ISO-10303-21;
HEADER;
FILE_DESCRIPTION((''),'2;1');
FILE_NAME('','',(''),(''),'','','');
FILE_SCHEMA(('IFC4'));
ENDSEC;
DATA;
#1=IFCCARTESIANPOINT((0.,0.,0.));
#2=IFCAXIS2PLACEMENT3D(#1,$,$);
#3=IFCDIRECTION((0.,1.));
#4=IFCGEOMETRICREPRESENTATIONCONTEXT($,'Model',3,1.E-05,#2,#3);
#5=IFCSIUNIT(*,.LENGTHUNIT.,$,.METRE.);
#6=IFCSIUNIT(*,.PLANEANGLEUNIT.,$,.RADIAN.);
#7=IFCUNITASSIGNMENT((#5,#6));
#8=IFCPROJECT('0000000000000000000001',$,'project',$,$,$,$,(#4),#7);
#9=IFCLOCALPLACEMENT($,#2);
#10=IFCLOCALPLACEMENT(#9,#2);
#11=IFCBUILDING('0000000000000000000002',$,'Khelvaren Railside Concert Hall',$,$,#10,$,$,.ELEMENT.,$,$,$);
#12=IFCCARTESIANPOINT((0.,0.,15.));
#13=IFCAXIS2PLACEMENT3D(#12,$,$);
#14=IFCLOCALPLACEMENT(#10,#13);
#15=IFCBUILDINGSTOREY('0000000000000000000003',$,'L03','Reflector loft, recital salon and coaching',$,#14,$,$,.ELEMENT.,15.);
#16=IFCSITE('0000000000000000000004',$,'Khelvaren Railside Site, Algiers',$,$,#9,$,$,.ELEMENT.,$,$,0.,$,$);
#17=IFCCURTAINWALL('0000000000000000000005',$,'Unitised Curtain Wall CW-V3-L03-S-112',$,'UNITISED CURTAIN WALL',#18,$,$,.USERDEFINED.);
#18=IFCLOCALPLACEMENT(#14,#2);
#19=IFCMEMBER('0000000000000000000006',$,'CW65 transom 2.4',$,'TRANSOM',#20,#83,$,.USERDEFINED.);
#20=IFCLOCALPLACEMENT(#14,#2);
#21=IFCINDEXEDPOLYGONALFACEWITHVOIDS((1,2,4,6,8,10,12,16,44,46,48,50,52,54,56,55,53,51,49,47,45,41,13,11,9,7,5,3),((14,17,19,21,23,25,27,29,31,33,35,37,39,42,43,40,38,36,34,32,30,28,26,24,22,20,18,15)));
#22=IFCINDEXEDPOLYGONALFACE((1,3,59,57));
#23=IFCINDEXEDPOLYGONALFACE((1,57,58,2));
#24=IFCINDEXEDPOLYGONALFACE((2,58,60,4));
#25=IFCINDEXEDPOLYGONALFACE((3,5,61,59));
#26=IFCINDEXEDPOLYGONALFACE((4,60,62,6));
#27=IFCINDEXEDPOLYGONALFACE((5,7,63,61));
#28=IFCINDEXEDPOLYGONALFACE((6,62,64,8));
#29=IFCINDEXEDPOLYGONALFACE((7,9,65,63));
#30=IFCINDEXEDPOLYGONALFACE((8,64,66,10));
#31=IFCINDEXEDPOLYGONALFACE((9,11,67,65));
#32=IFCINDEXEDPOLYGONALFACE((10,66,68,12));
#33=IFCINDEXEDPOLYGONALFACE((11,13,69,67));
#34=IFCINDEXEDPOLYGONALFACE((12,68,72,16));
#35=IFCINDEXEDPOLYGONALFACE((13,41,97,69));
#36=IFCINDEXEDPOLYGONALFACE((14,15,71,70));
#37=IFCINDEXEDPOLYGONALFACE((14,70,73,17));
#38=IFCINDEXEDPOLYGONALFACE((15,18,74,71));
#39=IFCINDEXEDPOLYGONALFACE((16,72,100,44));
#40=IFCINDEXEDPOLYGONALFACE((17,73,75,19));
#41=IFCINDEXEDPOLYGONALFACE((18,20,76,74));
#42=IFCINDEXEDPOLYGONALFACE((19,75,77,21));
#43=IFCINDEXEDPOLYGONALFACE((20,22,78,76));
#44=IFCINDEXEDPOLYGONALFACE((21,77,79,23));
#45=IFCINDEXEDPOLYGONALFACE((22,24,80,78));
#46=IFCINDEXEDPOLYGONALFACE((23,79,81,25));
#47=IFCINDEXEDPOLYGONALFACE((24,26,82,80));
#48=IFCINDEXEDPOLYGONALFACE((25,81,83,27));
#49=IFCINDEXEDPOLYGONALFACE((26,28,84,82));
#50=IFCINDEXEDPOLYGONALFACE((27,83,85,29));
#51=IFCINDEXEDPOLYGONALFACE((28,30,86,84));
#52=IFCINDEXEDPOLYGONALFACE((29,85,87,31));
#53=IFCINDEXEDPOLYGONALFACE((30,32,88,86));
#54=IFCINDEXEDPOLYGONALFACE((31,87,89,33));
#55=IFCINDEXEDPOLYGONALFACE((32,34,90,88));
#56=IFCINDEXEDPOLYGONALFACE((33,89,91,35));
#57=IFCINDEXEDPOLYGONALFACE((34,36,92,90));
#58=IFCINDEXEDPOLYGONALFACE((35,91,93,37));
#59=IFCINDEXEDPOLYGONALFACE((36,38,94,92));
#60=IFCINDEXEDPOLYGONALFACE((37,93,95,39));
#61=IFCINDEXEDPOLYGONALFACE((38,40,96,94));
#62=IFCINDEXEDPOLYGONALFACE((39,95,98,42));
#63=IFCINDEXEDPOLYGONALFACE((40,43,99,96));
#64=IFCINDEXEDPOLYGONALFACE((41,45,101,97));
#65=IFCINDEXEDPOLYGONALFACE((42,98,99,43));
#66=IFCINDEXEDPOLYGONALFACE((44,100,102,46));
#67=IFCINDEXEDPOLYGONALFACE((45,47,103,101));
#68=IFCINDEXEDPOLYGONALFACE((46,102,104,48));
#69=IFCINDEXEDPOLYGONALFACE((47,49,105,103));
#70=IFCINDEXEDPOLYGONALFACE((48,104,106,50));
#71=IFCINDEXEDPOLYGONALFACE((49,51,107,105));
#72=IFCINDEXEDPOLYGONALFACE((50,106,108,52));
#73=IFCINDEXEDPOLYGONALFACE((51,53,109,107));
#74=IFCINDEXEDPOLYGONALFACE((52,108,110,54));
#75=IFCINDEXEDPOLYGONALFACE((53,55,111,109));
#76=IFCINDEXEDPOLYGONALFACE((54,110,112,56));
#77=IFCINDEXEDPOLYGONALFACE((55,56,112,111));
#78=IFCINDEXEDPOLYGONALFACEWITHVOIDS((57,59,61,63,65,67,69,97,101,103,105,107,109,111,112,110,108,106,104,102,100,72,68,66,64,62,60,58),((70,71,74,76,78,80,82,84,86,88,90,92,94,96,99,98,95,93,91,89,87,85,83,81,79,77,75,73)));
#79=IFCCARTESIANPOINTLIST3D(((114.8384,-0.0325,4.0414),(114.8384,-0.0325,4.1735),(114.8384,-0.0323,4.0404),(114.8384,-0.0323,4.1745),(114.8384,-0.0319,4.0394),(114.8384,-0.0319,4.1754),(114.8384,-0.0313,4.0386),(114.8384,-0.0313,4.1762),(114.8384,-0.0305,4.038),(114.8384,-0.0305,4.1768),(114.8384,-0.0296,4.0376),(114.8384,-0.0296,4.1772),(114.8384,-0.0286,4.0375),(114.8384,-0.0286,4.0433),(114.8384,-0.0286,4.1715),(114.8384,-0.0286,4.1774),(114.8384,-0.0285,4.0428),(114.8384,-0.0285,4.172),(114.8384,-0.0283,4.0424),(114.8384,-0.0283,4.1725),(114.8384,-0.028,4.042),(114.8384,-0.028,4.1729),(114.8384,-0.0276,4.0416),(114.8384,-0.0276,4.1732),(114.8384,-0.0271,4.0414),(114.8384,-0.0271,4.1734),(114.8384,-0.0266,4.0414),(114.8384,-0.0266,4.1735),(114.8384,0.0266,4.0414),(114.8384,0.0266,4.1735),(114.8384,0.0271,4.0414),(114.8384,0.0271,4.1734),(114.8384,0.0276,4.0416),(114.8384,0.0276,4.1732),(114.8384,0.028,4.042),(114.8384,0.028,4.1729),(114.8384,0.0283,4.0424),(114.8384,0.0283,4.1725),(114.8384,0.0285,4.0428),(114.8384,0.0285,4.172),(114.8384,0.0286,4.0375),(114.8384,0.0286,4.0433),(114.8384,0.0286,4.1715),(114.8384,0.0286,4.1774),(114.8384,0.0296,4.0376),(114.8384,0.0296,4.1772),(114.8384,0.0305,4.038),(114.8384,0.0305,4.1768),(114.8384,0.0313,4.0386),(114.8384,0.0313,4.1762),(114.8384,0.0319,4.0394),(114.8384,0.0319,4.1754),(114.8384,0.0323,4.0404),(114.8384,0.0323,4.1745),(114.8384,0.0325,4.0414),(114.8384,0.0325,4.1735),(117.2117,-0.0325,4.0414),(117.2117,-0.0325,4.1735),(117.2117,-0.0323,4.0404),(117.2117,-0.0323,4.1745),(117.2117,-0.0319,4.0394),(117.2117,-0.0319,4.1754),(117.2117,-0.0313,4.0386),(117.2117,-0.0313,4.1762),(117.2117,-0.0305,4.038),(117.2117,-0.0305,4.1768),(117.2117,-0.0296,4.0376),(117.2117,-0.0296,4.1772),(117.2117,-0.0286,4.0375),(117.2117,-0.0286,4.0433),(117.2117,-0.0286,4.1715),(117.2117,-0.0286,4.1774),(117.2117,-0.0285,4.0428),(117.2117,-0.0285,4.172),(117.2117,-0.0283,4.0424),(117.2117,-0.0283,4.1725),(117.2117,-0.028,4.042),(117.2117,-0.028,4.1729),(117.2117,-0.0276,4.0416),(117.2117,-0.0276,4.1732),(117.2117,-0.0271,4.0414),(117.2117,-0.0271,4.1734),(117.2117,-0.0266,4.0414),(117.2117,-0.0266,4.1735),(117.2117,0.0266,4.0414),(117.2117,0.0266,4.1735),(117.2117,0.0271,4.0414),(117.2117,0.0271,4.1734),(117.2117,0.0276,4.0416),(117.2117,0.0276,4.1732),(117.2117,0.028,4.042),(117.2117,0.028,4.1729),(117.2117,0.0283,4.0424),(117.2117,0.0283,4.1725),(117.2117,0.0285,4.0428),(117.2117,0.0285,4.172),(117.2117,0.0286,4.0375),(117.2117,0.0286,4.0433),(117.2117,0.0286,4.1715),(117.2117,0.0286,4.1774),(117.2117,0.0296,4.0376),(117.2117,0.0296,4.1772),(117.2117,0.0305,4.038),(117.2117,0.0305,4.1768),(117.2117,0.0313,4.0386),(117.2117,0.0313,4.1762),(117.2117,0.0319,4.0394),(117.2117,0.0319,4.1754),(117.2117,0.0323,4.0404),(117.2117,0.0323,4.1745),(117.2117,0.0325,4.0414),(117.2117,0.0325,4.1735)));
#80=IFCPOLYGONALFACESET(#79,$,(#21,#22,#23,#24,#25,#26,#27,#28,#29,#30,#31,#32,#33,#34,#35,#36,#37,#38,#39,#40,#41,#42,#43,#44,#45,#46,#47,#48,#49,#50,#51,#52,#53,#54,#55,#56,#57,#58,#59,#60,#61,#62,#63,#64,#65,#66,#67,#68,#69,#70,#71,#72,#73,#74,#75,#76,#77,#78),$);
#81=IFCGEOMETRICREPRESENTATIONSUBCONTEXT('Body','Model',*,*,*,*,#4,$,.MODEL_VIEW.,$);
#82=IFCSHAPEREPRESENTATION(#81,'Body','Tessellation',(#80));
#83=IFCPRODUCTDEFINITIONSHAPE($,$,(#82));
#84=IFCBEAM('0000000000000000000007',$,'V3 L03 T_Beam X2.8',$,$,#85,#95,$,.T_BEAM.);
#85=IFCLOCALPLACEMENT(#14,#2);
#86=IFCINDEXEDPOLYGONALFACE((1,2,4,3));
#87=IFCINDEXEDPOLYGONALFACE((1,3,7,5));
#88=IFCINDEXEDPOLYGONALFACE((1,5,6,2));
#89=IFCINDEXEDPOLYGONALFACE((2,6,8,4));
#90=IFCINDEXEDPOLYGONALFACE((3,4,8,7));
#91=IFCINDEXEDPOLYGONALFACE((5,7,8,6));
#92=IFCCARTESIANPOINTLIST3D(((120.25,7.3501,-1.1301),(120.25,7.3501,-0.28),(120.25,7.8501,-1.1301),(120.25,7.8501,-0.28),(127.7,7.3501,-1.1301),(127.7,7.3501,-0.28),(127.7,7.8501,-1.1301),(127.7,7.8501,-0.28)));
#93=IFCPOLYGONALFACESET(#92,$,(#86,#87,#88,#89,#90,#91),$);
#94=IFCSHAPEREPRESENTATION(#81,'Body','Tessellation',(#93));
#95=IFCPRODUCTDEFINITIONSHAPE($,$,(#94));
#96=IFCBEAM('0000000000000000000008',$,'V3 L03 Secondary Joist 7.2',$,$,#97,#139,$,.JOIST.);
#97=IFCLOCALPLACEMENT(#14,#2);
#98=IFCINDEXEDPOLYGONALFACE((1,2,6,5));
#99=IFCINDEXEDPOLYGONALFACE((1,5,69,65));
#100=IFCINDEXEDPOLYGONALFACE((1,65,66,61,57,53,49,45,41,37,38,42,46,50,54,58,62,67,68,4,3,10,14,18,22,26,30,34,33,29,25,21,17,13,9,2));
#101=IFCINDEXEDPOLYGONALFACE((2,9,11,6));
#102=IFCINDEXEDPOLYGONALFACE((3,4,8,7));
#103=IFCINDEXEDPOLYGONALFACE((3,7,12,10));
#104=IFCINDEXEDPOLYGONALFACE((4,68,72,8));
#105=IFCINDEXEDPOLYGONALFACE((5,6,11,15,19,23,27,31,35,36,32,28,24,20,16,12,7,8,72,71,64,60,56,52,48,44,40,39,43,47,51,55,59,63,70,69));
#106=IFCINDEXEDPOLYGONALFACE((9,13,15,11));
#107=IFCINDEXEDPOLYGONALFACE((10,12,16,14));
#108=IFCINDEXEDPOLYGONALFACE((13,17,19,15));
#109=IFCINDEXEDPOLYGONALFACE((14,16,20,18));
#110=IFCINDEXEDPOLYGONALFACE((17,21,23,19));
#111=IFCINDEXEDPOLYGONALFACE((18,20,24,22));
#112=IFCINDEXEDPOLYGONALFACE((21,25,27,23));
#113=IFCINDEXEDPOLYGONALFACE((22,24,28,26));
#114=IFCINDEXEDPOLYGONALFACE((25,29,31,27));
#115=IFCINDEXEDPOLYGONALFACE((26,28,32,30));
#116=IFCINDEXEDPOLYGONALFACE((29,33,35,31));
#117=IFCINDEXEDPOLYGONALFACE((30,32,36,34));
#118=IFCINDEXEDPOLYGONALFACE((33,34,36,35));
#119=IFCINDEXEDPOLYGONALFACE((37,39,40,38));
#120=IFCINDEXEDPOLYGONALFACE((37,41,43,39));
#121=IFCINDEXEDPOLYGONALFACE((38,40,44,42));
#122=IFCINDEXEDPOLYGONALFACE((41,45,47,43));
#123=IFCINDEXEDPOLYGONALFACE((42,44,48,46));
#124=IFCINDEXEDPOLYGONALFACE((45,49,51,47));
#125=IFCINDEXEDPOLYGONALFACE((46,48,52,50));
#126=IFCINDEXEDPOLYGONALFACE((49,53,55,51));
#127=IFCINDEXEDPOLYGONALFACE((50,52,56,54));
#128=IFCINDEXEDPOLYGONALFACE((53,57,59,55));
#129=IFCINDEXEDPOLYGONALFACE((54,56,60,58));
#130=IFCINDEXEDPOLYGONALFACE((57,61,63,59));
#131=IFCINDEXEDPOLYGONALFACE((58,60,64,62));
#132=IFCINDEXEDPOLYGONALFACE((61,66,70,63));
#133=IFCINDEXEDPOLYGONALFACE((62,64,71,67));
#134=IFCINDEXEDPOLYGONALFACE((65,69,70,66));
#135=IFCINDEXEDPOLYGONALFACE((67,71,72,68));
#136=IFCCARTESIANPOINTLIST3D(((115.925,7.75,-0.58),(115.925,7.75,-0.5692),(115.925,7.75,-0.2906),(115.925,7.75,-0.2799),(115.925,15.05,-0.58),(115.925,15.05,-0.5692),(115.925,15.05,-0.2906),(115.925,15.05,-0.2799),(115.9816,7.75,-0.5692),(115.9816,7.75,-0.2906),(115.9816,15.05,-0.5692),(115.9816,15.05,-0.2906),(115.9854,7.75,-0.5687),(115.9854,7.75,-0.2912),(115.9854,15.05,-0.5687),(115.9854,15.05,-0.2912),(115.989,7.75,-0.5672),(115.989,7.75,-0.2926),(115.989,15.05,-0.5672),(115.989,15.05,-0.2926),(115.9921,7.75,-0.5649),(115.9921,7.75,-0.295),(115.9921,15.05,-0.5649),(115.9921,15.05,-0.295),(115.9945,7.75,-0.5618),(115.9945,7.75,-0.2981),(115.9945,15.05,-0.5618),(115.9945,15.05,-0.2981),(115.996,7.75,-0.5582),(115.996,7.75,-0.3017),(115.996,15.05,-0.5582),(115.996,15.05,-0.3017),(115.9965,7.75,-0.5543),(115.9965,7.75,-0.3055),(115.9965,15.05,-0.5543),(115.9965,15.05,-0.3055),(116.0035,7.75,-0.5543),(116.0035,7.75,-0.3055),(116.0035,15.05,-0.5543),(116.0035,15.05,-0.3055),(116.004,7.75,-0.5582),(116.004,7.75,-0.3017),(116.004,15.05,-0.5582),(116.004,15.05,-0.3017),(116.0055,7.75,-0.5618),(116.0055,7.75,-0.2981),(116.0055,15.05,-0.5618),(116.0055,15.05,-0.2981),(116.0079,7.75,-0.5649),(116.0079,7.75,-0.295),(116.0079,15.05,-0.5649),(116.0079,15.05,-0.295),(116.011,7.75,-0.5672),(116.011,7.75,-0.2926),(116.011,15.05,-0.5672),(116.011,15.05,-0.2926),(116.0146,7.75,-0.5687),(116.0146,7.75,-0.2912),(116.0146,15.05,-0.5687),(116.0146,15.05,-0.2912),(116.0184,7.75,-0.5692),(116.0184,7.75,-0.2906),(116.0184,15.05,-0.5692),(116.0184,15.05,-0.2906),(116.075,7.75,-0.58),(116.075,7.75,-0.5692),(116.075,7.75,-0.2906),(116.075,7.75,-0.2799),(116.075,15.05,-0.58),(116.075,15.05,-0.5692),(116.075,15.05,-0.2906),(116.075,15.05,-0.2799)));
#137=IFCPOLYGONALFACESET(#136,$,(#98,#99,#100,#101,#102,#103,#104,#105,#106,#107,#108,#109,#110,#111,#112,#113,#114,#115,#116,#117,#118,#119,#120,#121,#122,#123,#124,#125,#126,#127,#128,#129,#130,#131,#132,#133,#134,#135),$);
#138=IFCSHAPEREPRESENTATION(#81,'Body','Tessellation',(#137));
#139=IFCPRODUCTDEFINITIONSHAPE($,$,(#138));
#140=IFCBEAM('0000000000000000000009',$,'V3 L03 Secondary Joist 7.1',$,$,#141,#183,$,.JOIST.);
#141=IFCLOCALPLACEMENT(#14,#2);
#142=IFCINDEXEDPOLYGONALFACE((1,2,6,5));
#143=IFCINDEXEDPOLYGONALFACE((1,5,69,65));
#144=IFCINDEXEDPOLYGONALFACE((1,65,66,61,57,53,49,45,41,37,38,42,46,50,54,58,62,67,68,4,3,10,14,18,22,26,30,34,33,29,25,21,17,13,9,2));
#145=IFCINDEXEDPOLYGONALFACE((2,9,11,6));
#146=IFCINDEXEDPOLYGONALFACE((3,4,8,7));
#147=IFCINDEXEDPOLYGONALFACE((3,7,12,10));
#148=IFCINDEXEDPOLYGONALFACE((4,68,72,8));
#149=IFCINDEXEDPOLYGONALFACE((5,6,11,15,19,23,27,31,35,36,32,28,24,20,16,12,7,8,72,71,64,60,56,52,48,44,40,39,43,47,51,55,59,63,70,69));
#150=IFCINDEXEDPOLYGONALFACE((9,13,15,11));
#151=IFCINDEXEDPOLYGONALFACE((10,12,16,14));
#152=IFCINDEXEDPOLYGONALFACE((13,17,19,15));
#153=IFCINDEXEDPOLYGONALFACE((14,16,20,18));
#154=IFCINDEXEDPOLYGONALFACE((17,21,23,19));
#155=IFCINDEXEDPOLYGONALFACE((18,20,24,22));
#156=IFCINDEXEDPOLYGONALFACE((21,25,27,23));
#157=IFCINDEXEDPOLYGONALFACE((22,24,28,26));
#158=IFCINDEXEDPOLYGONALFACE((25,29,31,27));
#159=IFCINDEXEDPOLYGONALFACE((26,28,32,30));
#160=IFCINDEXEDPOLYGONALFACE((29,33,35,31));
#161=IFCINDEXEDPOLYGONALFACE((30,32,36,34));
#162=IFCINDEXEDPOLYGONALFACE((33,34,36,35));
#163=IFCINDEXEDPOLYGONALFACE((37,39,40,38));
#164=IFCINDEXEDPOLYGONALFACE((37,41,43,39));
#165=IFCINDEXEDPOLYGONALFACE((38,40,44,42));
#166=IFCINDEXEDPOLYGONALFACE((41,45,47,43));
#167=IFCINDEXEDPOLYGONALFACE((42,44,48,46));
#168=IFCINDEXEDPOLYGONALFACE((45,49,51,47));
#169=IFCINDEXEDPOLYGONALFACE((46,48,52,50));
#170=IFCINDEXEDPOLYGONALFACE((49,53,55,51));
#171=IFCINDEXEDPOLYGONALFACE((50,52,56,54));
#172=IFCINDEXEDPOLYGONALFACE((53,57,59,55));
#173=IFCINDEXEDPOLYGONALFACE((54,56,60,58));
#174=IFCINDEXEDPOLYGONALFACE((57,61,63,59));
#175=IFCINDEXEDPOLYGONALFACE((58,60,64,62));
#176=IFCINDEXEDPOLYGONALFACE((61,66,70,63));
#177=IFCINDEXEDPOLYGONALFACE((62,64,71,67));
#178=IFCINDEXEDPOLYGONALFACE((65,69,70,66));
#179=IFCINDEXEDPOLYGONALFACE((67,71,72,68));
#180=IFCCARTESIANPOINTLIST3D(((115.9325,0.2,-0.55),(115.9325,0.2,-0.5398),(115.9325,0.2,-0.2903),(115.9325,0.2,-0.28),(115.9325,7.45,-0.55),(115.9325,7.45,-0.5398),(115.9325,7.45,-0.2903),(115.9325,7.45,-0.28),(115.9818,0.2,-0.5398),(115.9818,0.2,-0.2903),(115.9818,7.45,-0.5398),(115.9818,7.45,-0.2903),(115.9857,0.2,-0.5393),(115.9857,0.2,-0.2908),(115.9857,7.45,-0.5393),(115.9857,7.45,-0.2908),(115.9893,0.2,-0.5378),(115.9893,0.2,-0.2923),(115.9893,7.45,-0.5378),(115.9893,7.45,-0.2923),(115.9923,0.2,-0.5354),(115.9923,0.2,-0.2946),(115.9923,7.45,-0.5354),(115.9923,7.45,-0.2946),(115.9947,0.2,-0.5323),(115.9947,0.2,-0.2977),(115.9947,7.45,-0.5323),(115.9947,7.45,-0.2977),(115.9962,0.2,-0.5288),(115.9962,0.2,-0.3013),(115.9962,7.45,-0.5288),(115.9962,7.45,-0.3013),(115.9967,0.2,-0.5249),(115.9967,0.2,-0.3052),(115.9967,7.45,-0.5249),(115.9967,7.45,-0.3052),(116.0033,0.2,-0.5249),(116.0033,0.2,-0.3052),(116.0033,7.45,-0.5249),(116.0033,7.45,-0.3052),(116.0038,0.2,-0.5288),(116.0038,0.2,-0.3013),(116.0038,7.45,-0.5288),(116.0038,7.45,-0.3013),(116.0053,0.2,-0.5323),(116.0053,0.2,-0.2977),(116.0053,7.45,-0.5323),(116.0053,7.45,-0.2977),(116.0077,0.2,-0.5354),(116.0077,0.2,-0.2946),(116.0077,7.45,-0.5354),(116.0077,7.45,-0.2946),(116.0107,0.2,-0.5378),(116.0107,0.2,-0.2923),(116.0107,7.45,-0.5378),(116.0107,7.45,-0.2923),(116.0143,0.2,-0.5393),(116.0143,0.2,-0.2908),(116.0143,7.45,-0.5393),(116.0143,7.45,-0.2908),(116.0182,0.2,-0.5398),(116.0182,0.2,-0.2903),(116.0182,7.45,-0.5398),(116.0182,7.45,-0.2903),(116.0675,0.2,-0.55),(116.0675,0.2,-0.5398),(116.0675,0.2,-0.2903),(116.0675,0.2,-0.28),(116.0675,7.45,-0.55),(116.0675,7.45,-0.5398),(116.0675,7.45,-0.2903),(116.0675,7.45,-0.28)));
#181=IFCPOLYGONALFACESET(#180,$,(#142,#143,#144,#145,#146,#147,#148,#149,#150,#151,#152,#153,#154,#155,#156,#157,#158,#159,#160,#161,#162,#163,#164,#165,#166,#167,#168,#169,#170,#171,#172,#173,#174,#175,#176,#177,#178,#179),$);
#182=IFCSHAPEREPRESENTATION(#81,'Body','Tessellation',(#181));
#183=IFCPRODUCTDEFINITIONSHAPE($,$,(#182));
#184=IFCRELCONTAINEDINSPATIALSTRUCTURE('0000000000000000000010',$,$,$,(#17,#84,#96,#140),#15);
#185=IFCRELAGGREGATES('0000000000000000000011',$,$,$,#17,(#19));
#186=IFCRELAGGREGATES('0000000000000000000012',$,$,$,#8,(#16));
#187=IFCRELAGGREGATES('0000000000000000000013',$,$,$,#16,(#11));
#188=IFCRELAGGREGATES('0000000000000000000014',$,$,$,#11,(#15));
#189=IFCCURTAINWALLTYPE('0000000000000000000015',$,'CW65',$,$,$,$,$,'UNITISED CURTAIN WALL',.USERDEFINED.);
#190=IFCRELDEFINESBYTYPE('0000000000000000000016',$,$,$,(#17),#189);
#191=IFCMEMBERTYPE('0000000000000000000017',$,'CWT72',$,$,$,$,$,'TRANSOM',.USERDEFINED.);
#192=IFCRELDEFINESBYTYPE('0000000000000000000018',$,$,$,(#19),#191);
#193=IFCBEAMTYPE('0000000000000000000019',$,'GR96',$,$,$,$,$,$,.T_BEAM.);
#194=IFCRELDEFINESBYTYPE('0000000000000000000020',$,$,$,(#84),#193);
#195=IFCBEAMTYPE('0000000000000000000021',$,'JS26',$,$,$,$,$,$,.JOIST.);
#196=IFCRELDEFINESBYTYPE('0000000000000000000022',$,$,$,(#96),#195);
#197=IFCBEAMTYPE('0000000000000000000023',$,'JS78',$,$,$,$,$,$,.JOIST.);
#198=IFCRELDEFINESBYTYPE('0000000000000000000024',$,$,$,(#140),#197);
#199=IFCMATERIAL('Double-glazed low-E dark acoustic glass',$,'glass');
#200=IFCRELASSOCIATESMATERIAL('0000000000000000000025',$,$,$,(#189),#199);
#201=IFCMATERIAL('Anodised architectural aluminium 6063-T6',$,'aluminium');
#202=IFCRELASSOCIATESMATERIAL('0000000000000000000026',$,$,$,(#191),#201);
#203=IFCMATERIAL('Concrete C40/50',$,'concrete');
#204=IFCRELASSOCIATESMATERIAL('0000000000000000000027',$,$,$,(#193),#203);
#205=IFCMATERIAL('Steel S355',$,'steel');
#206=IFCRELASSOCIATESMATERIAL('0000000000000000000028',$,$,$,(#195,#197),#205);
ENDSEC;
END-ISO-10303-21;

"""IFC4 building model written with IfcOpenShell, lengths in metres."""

from ifc_helpers import new_model, si_unit, direction, frame, origin, origin_2d, place, context, subcontext, project, spatial, rectangle, hollow_rectangle, i_section, extrude, material, material_profile, profile_set, type_object, element, aggregate, save


model = new_model("IFC4")

# Units and contexts
model_context = context("Model", 3, precision=1e-05, world=origin(), true_north=direction((0.0, 1.0)))
body_context = subcontext(model_context, "Body", "Model", "MODEL_VIEW")
ifc_project = project(units=[si_unit("LENGTHUNIT", "METRE"), si_unit("PLANEANGLEUNIT", "RADIAN")], contexts=[model_context])

# Site, building, storey
site_placement = place(None, origin())
site = spatial("IfcSite", under=ifc_project, at=site_placement, Name="Khelvaren Railside Site, Algiers", CompositionType="ELEMENT", RefElevation=0.0)
building_placement = place(site_placement, origin())
building = spatial("IfcBuilding", under=site, at=building_placement, Name="Khelvaren Railside Concert Hall", CompositionType="ELEMENT")
storey_placement = place(building_placement, frame((0.0, 0.0, 15.0)))
storey = spatial("IfcBuildingStorey", under=building, at=storey_placement, Name="L03", Description="Reflector loft, recital salon and coaching", CompositionType="ELEMENT", Elevation=15.0)

# Shared definitions
ifc_material_1 = material(Name="Steel S355", Category="steel")

# Curtain wall, member
ifc_material_2 = material(Name="Double-glazed low-E dark acoustic glass", Category="glass")
curtain_wall_type = type_object("IfcCurtainWallType", Name="CW65", ElementType="UNITISED CURTAIN WALL", PredefinedType="USERDEFINED", material=ifc_material_2)
curtain_wall_placement = place(storey_placement, origin())
curtain_wall = element("IfcCurtainWall", 1, at=curtain_wall_placement, inside=storey, type_object=curtain_wall_type, Name="Unitised Curtain Wall CW-V3-L03-S-112", ObjectType="UNITISED CURTAIN WALL", PredefinedType="USERDEFINED")
ifc_material_3 = material(Name="Anodised architectural aluminium 6063-T6", Category="aluminium")
ifc_material_profile_1 = material_profile(ifc_material_3, hollow_rectangle(XDim=0.0649, YDim=0.1399, WallThickness=0.0039, InnerFilletRadius=0.002, OuterFilletRadius=0.0039, at=origin_2d()), Name="CWT 65x140x4")
ifc_profile_set_1 = profile_set([ifc_material_profile_1], Name="Anodised architectural aluminium 6063-T6")
member_type_1 = type_object("IfcMemberType", Name="CWT72", ElementType="TRANSOM", PredefinedType="USERDEFINED", material=ifc_profile_set_1)
member_1_placement = place(storey_placement, frame((117.2117, 0.0, 4.1074), z_axis=(-1.0, 0.0, 0.0), x_axis=(0.0, -1.0, 0.0)))
member_1 = element("IfcMember", 2, at=member_1_placement, type_object=member_type_1, Name="CW65 transom 2.4", ObjectType="TRANSOM", PredefinedType="USERDEFINED", context=body_context, shape_type="SweptSolid", body=[
    extrude(hollow_rectangle(XDim=0.0649, YDim=0.1399, WallThickness=0.0039, InnerFilletRadius=0.002, OuterFilletRadius=0.0039, at=origin_2d()), origin(), (0.0, 0.0, 1.0), 2.3733),
])

# Beams
ifc_material_4 = material(Name="Concrete C40/50", Category="concrete")
ifc_material_profile_2 = material_profile(ifc_material_4, rectangle(XDim=0.5, YDim=0.8501, at=origin_2d()), Name="RCB 500x850")
ifc_profile_set_2 = profile_set([ifc_material_profile_2], Name="Concrete C40/50")
beam_type_1 = type_object("IfcBeamType", Name="GR96", PredefinedType="T_BEAM", material=ifc_profile_set_2)
beam_1_placement = place(storey_placement, frame((120.25, 7.6001, -0.7051), z_axis=(1.0, 0.0, 0.0), x_axis=(0.0, 1.0, 0.0)))
element("IfcBeam", 3, at=beam_1_placement, inside=storey, type_object=beam_type_1, Name="V3 L03 T_Beam X2.8", PredefinedType="T_BEAM", context=body_context, shape_type="SweptSolid", body=[
    extrude(rectangle(XDim=0.5, YDim=0.8501, at=origin_2d()), origin(), (0.0, 0.0, 1.0), 7.45),
])
ifc_material_profile_3 = material_profile(ifc_material_1, i_section(OverallWidth=0.1499, OverallDepth=0.3, WebThickness=0.0071, FlangeThickness=0.0107, FilletRadius=0.0149, at=origin_2d()), Name="IPE 300")
ifc_profile_set_3 = profile_set([ifc_material_profile_3], Name="Steel S355")
beam_type_2 = type_object("IfcBeamType", Name="JS26", PredefinedType="JOIST", material=ifc_profile_set_3)
beam_2_placement = place(storey_placement, frame((116.0, 7.75, -0.4299), z_axis=(0.0, 1.0, 0.0), x_axis=(-1.0, 0.0, 0.0)))
element("IfcBeam", 4, at=beam_2_placement, inside=storey, type_object=beam_type_2, Name="V3 L03 Secondary Joist 7.2", PredefinedType="JOIST", context=body_context, shape_type="SweptSolid", body=[
    extrude(i_section(OverallWidth=0.1499, OverallDepth=0.3, WebThickness=0.0071, FlangeThickness=0.0107, FilletRadius=0.0149, at=origin_2d()), origin(), (0.0, 0.0, 1.0), 7.3),
])
ifc_material_profile_4 = material_profile(ifc_material_1, i_section(OverallWidth=0.135, OverallDepth=0.27, WebThickness=0.0066, FlangeThickness=0.0103, FilletRadius=0.0149, at=origin_2d()), Name="IPE 270")
ifc_profile_set_4 = profile_set([ifc_material_profile_4], Name="Steel S355")
beam_type_3 = type_object("IfcBeamType", Name="JS78", PredefinedType="JOIST", material=ifc_profile_set_4)
beam_3_placement = place(storey_placement, frame((116.0, 0.2, -0.415), z_axis=(0.0, 1.0, 0.0), x_axis=(-1.0, 0.0, 0.0)))
element("IfcBeam", 5, at=beam_3_placement, inside=storey, type_object=beam_type_3, Name="V3 L03 Secondary Joist 7.1", PredefinedType="JOIST", context=body_context, shape_type="SweptSolid", body=[
    extrude(i_section(OverallWidth=0.135, OverallDepth=0.27, WebThickness=0.0066, FlangeThickness=0.0103, FilletRadius=0.0149, at=origin_2d()), origin(), (0.0, 0.0, 1.0), 7.25),
])

aggregate(curtain_wall, [member_1])

save(model, "model.ifc")
